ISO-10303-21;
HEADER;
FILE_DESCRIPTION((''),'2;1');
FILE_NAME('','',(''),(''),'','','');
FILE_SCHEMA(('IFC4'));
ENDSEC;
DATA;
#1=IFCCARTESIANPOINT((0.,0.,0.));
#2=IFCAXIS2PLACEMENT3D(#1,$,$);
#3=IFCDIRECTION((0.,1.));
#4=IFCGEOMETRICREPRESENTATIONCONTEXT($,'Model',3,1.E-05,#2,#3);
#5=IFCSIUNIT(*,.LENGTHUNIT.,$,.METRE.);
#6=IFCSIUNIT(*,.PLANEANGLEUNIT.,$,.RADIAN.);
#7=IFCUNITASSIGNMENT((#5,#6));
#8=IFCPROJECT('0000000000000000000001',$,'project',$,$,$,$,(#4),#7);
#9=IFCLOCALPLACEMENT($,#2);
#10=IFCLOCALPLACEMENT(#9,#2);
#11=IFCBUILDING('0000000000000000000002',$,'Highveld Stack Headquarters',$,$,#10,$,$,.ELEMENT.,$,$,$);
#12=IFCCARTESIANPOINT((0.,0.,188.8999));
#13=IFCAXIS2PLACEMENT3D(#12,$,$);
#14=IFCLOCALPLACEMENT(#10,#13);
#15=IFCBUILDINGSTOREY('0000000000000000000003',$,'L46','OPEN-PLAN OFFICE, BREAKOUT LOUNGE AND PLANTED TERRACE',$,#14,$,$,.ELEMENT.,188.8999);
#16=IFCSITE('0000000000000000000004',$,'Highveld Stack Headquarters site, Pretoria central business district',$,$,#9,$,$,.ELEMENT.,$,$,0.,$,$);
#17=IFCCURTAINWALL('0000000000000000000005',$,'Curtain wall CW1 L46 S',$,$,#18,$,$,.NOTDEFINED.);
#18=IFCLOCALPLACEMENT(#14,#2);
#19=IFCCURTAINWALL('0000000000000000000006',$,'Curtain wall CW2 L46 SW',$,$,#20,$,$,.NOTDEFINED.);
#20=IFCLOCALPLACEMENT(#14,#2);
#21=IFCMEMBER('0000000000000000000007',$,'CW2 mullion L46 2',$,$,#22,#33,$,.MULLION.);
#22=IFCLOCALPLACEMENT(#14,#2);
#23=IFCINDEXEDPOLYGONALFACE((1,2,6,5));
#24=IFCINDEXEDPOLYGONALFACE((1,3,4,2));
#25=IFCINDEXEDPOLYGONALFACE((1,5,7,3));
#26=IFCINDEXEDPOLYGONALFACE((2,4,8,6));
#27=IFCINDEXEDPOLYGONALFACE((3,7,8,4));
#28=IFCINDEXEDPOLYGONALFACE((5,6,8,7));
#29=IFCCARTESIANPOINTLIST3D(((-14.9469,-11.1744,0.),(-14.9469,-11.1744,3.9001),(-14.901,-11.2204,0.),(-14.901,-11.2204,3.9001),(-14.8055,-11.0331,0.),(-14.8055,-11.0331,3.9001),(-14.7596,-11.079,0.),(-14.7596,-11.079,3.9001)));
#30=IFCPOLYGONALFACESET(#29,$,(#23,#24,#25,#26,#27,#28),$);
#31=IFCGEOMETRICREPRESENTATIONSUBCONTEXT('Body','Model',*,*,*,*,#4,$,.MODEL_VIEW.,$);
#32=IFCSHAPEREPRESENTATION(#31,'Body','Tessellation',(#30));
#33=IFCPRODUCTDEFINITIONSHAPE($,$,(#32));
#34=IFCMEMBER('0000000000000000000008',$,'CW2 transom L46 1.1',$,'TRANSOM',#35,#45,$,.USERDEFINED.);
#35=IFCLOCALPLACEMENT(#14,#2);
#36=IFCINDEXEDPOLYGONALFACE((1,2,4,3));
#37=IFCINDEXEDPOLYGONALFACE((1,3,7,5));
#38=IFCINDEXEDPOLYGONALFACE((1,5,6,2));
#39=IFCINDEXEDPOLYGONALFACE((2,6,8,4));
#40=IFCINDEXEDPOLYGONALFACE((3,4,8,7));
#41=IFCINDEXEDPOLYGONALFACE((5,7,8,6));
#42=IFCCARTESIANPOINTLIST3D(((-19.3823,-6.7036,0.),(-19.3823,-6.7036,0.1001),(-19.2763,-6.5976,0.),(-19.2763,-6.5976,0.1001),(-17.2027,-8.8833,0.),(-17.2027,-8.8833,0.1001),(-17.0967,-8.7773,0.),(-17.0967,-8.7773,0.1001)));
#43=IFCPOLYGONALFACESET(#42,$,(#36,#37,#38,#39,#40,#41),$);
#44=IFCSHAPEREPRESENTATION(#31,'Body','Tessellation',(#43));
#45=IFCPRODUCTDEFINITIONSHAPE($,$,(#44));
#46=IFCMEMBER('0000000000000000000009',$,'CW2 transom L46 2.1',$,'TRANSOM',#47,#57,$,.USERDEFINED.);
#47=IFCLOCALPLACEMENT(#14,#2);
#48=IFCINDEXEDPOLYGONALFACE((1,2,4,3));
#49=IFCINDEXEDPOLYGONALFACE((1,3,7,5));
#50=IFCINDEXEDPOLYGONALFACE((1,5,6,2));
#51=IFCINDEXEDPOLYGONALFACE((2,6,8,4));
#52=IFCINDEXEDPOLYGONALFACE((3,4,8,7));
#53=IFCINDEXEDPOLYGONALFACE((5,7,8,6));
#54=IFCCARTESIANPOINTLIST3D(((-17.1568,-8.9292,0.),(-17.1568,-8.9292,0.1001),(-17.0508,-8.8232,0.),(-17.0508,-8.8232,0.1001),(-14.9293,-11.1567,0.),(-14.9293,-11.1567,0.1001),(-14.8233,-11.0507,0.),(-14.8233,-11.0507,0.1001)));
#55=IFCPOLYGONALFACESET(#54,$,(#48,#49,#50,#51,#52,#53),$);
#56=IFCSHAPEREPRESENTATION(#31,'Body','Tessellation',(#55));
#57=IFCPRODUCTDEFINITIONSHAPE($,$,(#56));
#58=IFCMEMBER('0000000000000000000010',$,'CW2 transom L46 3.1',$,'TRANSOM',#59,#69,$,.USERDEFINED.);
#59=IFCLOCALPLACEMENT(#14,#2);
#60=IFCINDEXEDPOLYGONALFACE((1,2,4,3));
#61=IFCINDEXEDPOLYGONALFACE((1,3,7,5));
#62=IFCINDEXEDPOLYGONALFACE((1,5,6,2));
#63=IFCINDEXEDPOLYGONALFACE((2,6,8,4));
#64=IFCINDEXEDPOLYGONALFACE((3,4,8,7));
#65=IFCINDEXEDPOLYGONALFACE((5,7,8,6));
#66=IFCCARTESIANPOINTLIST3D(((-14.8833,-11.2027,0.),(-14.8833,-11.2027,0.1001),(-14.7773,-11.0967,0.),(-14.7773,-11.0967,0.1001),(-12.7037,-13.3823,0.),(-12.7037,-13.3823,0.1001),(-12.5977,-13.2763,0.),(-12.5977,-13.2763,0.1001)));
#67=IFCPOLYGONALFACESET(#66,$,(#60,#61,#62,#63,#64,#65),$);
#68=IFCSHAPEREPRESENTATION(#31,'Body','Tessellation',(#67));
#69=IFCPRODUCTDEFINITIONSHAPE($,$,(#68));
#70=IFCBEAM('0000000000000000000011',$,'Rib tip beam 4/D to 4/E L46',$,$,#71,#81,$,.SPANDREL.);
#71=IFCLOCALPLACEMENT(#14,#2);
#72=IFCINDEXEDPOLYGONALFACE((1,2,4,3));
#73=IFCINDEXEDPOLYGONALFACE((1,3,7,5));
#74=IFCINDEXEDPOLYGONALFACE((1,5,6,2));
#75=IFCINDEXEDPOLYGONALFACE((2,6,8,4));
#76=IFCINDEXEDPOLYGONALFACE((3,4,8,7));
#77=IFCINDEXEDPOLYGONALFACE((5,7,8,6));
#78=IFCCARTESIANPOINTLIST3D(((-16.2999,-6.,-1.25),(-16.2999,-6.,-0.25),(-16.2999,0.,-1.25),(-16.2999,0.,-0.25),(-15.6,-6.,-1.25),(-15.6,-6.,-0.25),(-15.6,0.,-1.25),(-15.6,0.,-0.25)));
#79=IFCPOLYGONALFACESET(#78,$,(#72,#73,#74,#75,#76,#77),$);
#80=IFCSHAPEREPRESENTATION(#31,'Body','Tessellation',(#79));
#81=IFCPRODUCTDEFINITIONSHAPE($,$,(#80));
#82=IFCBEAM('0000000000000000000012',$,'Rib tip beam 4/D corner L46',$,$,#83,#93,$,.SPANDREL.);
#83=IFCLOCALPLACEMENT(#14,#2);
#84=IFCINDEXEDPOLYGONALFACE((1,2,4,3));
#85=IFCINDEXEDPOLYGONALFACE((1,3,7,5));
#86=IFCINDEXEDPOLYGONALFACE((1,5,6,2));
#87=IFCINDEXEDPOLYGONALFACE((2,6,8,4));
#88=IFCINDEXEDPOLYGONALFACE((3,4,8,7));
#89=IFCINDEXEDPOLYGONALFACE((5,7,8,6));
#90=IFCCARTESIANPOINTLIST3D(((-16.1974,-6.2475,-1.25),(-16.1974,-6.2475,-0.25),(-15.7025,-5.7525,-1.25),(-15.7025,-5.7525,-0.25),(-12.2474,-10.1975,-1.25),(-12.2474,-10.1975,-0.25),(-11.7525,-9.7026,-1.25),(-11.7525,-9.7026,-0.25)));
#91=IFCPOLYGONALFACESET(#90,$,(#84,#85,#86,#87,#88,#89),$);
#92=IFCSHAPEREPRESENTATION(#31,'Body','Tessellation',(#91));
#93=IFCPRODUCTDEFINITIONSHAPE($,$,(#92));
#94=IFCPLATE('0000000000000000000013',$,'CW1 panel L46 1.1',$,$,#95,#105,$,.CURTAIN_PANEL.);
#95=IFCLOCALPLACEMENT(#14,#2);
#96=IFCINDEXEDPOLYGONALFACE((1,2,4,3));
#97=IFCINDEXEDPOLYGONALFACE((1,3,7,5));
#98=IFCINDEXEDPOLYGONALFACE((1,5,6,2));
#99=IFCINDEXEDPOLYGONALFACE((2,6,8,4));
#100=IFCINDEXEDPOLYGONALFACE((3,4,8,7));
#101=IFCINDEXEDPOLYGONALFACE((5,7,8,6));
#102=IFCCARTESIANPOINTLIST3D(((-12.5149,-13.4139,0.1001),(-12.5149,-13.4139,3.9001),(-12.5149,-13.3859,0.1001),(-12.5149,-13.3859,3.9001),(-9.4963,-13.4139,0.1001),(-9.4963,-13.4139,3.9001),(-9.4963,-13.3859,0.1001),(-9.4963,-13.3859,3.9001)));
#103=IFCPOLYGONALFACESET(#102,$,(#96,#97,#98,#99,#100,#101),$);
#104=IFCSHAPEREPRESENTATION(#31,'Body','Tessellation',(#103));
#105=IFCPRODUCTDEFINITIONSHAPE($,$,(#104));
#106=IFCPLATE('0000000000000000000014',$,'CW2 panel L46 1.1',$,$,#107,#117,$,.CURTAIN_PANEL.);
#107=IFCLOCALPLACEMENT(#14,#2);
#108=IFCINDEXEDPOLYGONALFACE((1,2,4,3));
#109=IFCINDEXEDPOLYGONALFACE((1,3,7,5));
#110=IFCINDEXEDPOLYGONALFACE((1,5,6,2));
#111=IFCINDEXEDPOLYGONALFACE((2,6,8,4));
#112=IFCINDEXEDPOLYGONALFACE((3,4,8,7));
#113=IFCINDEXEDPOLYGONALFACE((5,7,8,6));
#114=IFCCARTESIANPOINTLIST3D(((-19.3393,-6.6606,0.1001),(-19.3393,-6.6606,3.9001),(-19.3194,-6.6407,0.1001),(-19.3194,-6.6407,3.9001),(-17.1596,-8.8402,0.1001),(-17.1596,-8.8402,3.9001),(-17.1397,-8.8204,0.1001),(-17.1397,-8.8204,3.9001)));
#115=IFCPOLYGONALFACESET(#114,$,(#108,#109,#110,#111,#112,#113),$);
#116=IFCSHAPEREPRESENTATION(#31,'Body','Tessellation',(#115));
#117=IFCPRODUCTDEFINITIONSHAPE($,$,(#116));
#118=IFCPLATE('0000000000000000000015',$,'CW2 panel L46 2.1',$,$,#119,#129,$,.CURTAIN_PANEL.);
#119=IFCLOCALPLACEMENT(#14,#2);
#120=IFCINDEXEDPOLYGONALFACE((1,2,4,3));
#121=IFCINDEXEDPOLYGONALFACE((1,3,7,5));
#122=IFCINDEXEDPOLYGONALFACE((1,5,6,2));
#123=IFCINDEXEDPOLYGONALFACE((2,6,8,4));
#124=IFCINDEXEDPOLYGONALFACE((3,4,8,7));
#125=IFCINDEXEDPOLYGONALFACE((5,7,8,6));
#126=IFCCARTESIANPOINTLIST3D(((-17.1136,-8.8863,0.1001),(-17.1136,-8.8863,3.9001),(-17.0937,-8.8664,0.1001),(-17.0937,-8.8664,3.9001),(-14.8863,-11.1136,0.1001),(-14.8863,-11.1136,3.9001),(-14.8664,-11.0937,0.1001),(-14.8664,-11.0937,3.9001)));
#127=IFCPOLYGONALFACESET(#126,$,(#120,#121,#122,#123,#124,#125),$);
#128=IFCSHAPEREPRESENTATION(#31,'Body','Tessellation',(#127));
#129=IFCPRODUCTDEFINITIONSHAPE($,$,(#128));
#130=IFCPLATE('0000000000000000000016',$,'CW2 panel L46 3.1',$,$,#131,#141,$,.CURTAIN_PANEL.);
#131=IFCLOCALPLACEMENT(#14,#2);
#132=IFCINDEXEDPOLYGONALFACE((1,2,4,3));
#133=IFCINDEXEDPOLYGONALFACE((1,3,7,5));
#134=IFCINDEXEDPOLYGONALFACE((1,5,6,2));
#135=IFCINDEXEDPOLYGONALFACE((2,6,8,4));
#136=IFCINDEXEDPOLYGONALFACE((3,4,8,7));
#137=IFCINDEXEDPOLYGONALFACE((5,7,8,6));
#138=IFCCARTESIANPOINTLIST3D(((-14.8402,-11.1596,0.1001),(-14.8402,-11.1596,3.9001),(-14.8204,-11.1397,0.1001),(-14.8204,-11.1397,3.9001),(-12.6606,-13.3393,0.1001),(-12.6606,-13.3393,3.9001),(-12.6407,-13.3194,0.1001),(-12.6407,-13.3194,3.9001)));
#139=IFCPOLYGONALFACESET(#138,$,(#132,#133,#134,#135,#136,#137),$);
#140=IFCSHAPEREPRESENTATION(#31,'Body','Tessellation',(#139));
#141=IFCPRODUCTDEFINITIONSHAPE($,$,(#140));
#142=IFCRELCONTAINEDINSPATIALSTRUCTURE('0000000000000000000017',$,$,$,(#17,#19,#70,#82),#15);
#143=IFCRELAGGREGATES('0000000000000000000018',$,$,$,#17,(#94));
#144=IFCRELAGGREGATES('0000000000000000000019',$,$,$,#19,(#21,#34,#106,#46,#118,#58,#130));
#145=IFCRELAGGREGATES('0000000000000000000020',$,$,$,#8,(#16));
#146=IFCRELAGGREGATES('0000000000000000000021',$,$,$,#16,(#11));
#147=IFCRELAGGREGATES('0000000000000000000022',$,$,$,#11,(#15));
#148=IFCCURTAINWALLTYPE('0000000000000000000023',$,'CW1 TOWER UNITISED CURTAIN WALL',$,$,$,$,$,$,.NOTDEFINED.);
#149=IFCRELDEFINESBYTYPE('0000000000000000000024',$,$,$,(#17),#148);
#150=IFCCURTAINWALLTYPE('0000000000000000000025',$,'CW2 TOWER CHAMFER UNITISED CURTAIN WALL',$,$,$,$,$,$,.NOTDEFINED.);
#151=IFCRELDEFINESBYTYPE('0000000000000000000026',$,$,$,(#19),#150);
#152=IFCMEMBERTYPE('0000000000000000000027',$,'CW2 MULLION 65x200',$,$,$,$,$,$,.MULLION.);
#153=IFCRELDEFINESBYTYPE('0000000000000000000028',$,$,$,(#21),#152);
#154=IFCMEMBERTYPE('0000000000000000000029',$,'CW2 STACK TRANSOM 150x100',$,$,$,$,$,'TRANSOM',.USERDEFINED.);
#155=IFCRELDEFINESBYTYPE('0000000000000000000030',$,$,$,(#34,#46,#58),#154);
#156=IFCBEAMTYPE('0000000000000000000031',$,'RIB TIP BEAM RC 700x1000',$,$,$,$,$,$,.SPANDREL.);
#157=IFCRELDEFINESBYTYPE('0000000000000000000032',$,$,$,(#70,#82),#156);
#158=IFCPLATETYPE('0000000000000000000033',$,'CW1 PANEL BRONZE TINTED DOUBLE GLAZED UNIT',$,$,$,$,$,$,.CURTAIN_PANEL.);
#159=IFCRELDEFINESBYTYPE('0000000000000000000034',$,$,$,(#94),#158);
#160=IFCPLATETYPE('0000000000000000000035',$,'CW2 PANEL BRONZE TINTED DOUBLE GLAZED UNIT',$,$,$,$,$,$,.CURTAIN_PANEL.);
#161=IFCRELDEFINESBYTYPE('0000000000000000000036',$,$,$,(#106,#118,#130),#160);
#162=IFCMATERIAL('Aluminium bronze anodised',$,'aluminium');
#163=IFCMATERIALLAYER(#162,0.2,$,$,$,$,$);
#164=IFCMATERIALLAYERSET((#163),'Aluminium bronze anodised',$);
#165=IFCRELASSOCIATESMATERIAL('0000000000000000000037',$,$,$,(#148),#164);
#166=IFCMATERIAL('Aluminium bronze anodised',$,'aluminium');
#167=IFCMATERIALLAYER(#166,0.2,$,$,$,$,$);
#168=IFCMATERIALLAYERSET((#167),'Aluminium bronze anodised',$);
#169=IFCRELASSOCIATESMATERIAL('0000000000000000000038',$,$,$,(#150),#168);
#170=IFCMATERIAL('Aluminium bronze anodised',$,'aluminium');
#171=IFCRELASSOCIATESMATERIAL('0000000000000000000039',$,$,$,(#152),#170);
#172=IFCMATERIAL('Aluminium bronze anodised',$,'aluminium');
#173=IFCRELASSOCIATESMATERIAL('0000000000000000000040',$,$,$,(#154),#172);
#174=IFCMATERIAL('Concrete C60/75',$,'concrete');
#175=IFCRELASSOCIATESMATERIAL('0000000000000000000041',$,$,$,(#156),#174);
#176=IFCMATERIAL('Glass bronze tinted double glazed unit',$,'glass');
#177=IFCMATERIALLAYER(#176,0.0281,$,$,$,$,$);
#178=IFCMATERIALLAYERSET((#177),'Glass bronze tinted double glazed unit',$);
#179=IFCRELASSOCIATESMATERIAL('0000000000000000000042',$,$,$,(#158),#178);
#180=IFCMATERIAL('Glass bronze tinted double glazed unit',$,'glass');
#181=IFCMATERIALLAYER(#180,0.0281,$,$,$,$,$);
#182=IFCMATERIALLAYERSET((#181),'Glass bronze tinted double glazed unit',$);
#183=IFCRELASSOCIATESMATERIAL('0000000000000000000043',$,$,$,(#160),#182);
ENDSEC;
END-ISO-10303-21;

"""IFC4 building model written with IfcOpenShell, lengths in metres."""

from ifc_helpers import new_model, si_unit, direction, frame, origin, origin_2d, place, context, subcontext, project, spatial, rectangle, extrude, material, layer, layer_set, material_profile, profile_set, type_object, element, aggregate, save


model = new_model("IFC4")

# Units and contexts
model_context = context("Model", 3, precision=1e-05, world=origin(), true_north=direction((0.0, 1.0)))
body_context = subcontext(model_context, "Body", "Model", "MODEL_VIEW")
ifc_project = project(units=[si_unit("LENGTHUNIT", "METRE"), si_unit("PLANEANGLEUNIT", "RADIAN")], contexts=[model_context])

# Site, building, storey
site_placement = place(None, origin())
site = spatial("IfcSite", under=ifc_project, at=site_placement, Name="Highveld Stack Headquarters site, Pretoria central business district", CompositionType="ELEMENT", RefElevation=0.0)
building_placement = place(site_placement, origin())
building = spatial("IfcBuilding", under=site, at=building_placement, Name="Highveld Stack Headquarters", CompositionType="ELEMENT")
storey_placement = place(building_placement, frame((0.0, 0.0, 188.8999)))
storey = spatial("IfcBuildingStorey", under=building, at=storey_placement, Name="L46", Description="OPEN-PLAN OFFICE, BREAKOUT LOUNGE AND PLANTED TERRACE", CompositionType="ELEMENT", Elevation=188.8999)

# Curtain wall
ifc_material_1 = material(Name="Aluminium bronze anodised", Category="aluminium")
ifc_layer_1 = layer(ifc_material_1, 0.2)
ifc_layer_set_1 = layer_set([ifc_layer_1], Name="Aluminium bronze anodised")
curtain_wall_type_1 = type_object("IfcCurtainWallType", Name="CW1 TOWER UNITISED CURTAIN WALL", PredefinedType="NOTDEFINED", material=ifc_layer_set_1)
curtain_wall_1_placement = place(storey_placement, origin())
curtain_wall_1 = element("IfcCurtainWall", 1, at=curtain_wall_1_placement, inside=storey, type_object=curtain_wall_type_1, Name="Curtain wall CW1 L46 S", PredefinedType="NOTDEFINED")

# Curtain wall, members
ifc_material_2 = material(Name="Aluminium bronze anodised", Category="aluminium")
ifc_layer_2 = layer(ifc_material_2, 0.2)
ifc_layer_set_2 = layer_set([ifc_layer_2], Name="Aluminium bronze anodised")
curtain_wall_type_2 = type_object("IfcCurtainWallType", Name="CW2 TOWER CHAMFER UNITISED CURTAIN WALL", PredefinedType="NOTDEFINED", material=ifc_layer_set_2)
curtain_wall_2_placement = place(storey_placement, origin())
curtain_wall_2 = element("IfcCurtainWall", 2, at=curtain_wall_2_placement, inside=storey, type_object=curtain_wall_type_2, Name="Curtain wall CW2 L46 SW", PredefinedType="NOTDEFINED")
ifc_material_3 = material(Name="Aluminium bronze anodised", Category="aluminium")
ifc_material_profile_1 = material_profile(ifc_material_3, rectangle(XDim=0.2, YDim=0.0649, at=origin_2d()), Name="CW2 MULLION 65x200")
ifc_profile_set_1 = profile_set([ifc_material_profile_1], Name="Aluminium bronze anodised")
member_type_1 = type_object("IfcMemberType", Name="CW2 MULLION 65x200", PredefinedType="MULLION", material=ifc_profile_set_1)
member_1_placement = place(storey_placement, frame((-14.8533, -11.1267, 0.0), z_axis=(0.0, 0.0, 1.0), x_axis=(0.707107, 0.707107, 0.0)))
member_1 = element("IfcMember", 3, at=member_1_placement, type_object=member_type_1, Name="CW2 mullion L46 2", PredefinedType="MULLION", context=body_context, shape_type="SweptSolid", body=[
    extrude(rectangle(XDim=0.2, YDim=0.0649, at=origin_2d()), origin(), (0.0, 0.0, 1.0), 3.9001),
])
ifc_material_4 = material(Name="Aluminium bronze anodised", Category="aluminium")
ifc_material_profile_2 = material_profile(ifc_material_4, rectangle(XDim=0.1499, YDim=0.1001, at=origin_2d()), Name="CW2 TRANSOM 150x100")
ifc_profile_set_2 = profile_set([ifc_material_profile_2], Name="Aluminium bronze anodised")
member_type_2 = type_object("IfcMemberType", Name="CW2 STACK TRANSOM 150x100", ElementType="TRANSOM", PredefinedType="USERDEFINED", material=ifc_profile_set_2)
member_2_placement = place(storey_placement, frame((-19.3293, -6.6506, 0.05), z_axis=(0.707107, -0.707107, 0.0), x_axis=(0.707107, 0.707107, 0.0)))
member_2 = element("IfcMember", 4, at=member_2_placement, type_object=member_type_2, Name="CW2 transom L46 1.1", ObjectType="TRANSOM", PredefinedType="USERDEFINED", context=body_context, shape_type="SweptSolid", body=[
    extrude(rectangle(XDim=0.1499, YDim=0.1001, at=origin_2d()), origin(), (0.0, 0.0, 1.0), 3.0825),
])
member_3_placement = place(storey_placement, frame((-17.1038, -8.8762, 0.05), z_axis=(0.707107, -0.707107, 0.0), x_axis=(0.707107, 0.707107, 0.0)))
member_3 = element("IfcMember", 5, at=member_3_placement, type_object=member_type_2, Name="CW2 transom L46 2.1", ObjectType="TRANSOM", PredefinedType="USERDEFINED", context=body_context, shape_type="SweptSolid", body=[
    extrude(rectangle(XDim=0.1499, YDim=0.1001, at=origin_2d()), origin(), (0.0, 0.0, 1.0), 3.1501),
])
member_4_placement = place(storey_placement, frame((-14.8303, -11.1497, 0.05), z_axis=(0.707107, -0.707107, 0.0), x_axis=(0.707107, 0.707107, 0.0)))
member_4 = element("IfcMember", 6, at=member_4_placement, type_object=member_type_2, Name="CW2 transom L46 3.1", ObjectType="TRANSOM", PredefinedType="USERDEFINED", context=body_context, shape_type="SweptSolid", body=[
    extrude(rectangle(XDim=0.1499, YDim=0.1001, at=origin_2d()), origin(), (0.0, 0.0, 1.0), 3.0825),
])

# Beams
ifc_material_5 = material(Name="Concrete C60/75", Category="concrete")
ifc_material_profile_3 = material_profile(ifc_material_5, rectangle(XDim=0.7, YDim=1.0, at=origin_2d()), Name="RC 700x1000")
ifc_profile_set_3 = profile_set([ifc_material_profile_3], Name="Concrete C60/75")
beam_type_1 = type_object("IfcBeamType", Name="RIB TIP BEAM RC 700x1000", PredefinedType="SPANDREL", material=ifc_profile_set_3)
beam_1_placement = place(storey_placement, frame((-15.95, -6.0, -0.75), z_axis=(0.0, 1.0, 0.0), x_axis=(-1.0, 0.0, 0.0)))
element("IfcBeam", 7, at=beam_1_placement, inside=storey, type_object=beam_type_1, Name="Rib tip beam 4/D to 4/E L46", PredefinedType="SPANDREL", context=body_context, shape_type="SweptSolid", body=[
    extrude(rectangle(XDim=0.7, YDim=1.0, at=origin_2d()), origin(), (0.0, 0.0, 1.0), 6.0),
])
beam_2_placement = place(storey_placement, frame((-15.95, -6.0, -0.75), z_axis=(0.707107, -0.707107, 0.0), x_axis=(0.707107, 0.707107, 0.0)))
element("IfcBeam", 8, at=beam_2_placement, inside=storey, type_object=beam_type_1, Name="Rib tip beam 4/D corner L46", PredefinedType="SPANDREL", context=body_context, shape_type="SweptSolid", body=[
    extrude(rectangle(XDim=0.7, YDim=1.0, at=origin_2d()), origin(), (0.0, 0.0, 1.0), 5.5862),
])

# Plates
ifc_material_6 = material(Name="Glass bronze tinted double glazed unit", Category="glass")
ifc_layer_3 = layer(ifc_material_6, 0.0281)
ifc_layer_set_3 = layer_set([ifc_layer_3], Name="Glass bronze tinted double glazed unit")
plate_type_1 = type_object("IfcPlateType", Name="CW1 PANEL BRONZE TINTED DOUBLE GLAZED UNIT", PredefinedType="CURTAIN_PANEL", material=ifc_layer_set_3)
plate_1_placement = place(storey_placement, frame((-11.0056, -13.3999, 0.1001), z_axis=(0.0, 0.0, 1.0), x_axis=(1.0, 0.0, 0.0)))
plate_1 = element("IfcPlate", 9, at=plate_1_placement, type_object=plate_type_1, Name="CW1 panel L46 1.1", PredefinedType="CURTAIN_PANEL", context=body_context, shape_type="SweptSolid", body=[
    extrude(rectangle(XDim=3.0186, YDim=0.0281, at=origin_2d()), origin(), (0.0, 0.0, 1.0), 3.8),
])
aggregate(curtain_wall_1, [plate_1])
ifc_material_7 = material(Name="Glass bronze tinted double glazed unit", Category="glass")
ifc_layer_4 = layer(ifc_material_7, 0.0281)
ifc_layer_set_4 = layer_set([ifc_layer_4], Name="Glass bronze tinted double glazed unit")
plate_type_2 = type_object("IfcPlateType", Name="CW2 PANEL BRONZE TINTED DOUBLE GLAZED UNIT", PredefinedType="CURTAIN_PANEL", material=ifc_layer_set_4)
plate_2_placement = place(storey_placement, frame((-18.2395, -7.7405, 0.1001), z_axis=(0.0, 0.0, 1.0), x_axis=(0.707107, -0.707107, 0.0)))
plate_2 = element("IfcPlate", 10, at=plate_2_placement, type_object=plate_type_2, Name="CW2 panel L46 1.1", PredefinedType="CURTAIN_PANEL", context=body_context, shape_type="SweptSolid", body=[
    extrude(rectangle(XDim=3.0825, YDim=0.0281, at=origin_2d()), origin(), (0.0, 0.0, 1.0), 3.8),
])
plate_3_placement = place(storey_placement, frame((-15.99, -9.99, 0.1001), z_axis=(0.0, 0.0, 1.0), x_axis=(0.707107, -0.707107, 0.0)))
plate_3 = element("IfcPlate", 11, at=plate_3_placement, type_object=plate_type_2, Name="CW2 panel L46 2.1", PredefinedType="CURTAIN_PANEL", context=body_context, shape_type="SweptSolid", body=[
    extrude(rectangle(XDim=3.1499, YDim=0.0281, at=origin_2d()), origin(), (0.0, 0.0, 1.0), 3.8),
])
plate_4_placement = place(storey_placement, frame((-13.7405, -12.2395, 0.1001), z_axis=(0.0, 0.0, 1.0), x_axis=(0.707107, -0.707107, 0.0)))
plate_4 = element("IfcPlate", 12, at=plate_4_placement, type_object=plate_type_2, Name="CW2 panel L46 3.1", PredefinedType="CURTAIN_PANEL", context=body_context, shape_type="SweptSolid", body=[
    extrude(rectangle(XDim=3.0825, YDim=0.0281, at=origin_2d()), origin(), (0.0, 0.0, 1.0), 3.8),
])
aggregate(curtain_wall_2, [member_1, member_2, plate_2, member_3, plate_3, member_4, plate_4])

save(model, "model.ifc")
